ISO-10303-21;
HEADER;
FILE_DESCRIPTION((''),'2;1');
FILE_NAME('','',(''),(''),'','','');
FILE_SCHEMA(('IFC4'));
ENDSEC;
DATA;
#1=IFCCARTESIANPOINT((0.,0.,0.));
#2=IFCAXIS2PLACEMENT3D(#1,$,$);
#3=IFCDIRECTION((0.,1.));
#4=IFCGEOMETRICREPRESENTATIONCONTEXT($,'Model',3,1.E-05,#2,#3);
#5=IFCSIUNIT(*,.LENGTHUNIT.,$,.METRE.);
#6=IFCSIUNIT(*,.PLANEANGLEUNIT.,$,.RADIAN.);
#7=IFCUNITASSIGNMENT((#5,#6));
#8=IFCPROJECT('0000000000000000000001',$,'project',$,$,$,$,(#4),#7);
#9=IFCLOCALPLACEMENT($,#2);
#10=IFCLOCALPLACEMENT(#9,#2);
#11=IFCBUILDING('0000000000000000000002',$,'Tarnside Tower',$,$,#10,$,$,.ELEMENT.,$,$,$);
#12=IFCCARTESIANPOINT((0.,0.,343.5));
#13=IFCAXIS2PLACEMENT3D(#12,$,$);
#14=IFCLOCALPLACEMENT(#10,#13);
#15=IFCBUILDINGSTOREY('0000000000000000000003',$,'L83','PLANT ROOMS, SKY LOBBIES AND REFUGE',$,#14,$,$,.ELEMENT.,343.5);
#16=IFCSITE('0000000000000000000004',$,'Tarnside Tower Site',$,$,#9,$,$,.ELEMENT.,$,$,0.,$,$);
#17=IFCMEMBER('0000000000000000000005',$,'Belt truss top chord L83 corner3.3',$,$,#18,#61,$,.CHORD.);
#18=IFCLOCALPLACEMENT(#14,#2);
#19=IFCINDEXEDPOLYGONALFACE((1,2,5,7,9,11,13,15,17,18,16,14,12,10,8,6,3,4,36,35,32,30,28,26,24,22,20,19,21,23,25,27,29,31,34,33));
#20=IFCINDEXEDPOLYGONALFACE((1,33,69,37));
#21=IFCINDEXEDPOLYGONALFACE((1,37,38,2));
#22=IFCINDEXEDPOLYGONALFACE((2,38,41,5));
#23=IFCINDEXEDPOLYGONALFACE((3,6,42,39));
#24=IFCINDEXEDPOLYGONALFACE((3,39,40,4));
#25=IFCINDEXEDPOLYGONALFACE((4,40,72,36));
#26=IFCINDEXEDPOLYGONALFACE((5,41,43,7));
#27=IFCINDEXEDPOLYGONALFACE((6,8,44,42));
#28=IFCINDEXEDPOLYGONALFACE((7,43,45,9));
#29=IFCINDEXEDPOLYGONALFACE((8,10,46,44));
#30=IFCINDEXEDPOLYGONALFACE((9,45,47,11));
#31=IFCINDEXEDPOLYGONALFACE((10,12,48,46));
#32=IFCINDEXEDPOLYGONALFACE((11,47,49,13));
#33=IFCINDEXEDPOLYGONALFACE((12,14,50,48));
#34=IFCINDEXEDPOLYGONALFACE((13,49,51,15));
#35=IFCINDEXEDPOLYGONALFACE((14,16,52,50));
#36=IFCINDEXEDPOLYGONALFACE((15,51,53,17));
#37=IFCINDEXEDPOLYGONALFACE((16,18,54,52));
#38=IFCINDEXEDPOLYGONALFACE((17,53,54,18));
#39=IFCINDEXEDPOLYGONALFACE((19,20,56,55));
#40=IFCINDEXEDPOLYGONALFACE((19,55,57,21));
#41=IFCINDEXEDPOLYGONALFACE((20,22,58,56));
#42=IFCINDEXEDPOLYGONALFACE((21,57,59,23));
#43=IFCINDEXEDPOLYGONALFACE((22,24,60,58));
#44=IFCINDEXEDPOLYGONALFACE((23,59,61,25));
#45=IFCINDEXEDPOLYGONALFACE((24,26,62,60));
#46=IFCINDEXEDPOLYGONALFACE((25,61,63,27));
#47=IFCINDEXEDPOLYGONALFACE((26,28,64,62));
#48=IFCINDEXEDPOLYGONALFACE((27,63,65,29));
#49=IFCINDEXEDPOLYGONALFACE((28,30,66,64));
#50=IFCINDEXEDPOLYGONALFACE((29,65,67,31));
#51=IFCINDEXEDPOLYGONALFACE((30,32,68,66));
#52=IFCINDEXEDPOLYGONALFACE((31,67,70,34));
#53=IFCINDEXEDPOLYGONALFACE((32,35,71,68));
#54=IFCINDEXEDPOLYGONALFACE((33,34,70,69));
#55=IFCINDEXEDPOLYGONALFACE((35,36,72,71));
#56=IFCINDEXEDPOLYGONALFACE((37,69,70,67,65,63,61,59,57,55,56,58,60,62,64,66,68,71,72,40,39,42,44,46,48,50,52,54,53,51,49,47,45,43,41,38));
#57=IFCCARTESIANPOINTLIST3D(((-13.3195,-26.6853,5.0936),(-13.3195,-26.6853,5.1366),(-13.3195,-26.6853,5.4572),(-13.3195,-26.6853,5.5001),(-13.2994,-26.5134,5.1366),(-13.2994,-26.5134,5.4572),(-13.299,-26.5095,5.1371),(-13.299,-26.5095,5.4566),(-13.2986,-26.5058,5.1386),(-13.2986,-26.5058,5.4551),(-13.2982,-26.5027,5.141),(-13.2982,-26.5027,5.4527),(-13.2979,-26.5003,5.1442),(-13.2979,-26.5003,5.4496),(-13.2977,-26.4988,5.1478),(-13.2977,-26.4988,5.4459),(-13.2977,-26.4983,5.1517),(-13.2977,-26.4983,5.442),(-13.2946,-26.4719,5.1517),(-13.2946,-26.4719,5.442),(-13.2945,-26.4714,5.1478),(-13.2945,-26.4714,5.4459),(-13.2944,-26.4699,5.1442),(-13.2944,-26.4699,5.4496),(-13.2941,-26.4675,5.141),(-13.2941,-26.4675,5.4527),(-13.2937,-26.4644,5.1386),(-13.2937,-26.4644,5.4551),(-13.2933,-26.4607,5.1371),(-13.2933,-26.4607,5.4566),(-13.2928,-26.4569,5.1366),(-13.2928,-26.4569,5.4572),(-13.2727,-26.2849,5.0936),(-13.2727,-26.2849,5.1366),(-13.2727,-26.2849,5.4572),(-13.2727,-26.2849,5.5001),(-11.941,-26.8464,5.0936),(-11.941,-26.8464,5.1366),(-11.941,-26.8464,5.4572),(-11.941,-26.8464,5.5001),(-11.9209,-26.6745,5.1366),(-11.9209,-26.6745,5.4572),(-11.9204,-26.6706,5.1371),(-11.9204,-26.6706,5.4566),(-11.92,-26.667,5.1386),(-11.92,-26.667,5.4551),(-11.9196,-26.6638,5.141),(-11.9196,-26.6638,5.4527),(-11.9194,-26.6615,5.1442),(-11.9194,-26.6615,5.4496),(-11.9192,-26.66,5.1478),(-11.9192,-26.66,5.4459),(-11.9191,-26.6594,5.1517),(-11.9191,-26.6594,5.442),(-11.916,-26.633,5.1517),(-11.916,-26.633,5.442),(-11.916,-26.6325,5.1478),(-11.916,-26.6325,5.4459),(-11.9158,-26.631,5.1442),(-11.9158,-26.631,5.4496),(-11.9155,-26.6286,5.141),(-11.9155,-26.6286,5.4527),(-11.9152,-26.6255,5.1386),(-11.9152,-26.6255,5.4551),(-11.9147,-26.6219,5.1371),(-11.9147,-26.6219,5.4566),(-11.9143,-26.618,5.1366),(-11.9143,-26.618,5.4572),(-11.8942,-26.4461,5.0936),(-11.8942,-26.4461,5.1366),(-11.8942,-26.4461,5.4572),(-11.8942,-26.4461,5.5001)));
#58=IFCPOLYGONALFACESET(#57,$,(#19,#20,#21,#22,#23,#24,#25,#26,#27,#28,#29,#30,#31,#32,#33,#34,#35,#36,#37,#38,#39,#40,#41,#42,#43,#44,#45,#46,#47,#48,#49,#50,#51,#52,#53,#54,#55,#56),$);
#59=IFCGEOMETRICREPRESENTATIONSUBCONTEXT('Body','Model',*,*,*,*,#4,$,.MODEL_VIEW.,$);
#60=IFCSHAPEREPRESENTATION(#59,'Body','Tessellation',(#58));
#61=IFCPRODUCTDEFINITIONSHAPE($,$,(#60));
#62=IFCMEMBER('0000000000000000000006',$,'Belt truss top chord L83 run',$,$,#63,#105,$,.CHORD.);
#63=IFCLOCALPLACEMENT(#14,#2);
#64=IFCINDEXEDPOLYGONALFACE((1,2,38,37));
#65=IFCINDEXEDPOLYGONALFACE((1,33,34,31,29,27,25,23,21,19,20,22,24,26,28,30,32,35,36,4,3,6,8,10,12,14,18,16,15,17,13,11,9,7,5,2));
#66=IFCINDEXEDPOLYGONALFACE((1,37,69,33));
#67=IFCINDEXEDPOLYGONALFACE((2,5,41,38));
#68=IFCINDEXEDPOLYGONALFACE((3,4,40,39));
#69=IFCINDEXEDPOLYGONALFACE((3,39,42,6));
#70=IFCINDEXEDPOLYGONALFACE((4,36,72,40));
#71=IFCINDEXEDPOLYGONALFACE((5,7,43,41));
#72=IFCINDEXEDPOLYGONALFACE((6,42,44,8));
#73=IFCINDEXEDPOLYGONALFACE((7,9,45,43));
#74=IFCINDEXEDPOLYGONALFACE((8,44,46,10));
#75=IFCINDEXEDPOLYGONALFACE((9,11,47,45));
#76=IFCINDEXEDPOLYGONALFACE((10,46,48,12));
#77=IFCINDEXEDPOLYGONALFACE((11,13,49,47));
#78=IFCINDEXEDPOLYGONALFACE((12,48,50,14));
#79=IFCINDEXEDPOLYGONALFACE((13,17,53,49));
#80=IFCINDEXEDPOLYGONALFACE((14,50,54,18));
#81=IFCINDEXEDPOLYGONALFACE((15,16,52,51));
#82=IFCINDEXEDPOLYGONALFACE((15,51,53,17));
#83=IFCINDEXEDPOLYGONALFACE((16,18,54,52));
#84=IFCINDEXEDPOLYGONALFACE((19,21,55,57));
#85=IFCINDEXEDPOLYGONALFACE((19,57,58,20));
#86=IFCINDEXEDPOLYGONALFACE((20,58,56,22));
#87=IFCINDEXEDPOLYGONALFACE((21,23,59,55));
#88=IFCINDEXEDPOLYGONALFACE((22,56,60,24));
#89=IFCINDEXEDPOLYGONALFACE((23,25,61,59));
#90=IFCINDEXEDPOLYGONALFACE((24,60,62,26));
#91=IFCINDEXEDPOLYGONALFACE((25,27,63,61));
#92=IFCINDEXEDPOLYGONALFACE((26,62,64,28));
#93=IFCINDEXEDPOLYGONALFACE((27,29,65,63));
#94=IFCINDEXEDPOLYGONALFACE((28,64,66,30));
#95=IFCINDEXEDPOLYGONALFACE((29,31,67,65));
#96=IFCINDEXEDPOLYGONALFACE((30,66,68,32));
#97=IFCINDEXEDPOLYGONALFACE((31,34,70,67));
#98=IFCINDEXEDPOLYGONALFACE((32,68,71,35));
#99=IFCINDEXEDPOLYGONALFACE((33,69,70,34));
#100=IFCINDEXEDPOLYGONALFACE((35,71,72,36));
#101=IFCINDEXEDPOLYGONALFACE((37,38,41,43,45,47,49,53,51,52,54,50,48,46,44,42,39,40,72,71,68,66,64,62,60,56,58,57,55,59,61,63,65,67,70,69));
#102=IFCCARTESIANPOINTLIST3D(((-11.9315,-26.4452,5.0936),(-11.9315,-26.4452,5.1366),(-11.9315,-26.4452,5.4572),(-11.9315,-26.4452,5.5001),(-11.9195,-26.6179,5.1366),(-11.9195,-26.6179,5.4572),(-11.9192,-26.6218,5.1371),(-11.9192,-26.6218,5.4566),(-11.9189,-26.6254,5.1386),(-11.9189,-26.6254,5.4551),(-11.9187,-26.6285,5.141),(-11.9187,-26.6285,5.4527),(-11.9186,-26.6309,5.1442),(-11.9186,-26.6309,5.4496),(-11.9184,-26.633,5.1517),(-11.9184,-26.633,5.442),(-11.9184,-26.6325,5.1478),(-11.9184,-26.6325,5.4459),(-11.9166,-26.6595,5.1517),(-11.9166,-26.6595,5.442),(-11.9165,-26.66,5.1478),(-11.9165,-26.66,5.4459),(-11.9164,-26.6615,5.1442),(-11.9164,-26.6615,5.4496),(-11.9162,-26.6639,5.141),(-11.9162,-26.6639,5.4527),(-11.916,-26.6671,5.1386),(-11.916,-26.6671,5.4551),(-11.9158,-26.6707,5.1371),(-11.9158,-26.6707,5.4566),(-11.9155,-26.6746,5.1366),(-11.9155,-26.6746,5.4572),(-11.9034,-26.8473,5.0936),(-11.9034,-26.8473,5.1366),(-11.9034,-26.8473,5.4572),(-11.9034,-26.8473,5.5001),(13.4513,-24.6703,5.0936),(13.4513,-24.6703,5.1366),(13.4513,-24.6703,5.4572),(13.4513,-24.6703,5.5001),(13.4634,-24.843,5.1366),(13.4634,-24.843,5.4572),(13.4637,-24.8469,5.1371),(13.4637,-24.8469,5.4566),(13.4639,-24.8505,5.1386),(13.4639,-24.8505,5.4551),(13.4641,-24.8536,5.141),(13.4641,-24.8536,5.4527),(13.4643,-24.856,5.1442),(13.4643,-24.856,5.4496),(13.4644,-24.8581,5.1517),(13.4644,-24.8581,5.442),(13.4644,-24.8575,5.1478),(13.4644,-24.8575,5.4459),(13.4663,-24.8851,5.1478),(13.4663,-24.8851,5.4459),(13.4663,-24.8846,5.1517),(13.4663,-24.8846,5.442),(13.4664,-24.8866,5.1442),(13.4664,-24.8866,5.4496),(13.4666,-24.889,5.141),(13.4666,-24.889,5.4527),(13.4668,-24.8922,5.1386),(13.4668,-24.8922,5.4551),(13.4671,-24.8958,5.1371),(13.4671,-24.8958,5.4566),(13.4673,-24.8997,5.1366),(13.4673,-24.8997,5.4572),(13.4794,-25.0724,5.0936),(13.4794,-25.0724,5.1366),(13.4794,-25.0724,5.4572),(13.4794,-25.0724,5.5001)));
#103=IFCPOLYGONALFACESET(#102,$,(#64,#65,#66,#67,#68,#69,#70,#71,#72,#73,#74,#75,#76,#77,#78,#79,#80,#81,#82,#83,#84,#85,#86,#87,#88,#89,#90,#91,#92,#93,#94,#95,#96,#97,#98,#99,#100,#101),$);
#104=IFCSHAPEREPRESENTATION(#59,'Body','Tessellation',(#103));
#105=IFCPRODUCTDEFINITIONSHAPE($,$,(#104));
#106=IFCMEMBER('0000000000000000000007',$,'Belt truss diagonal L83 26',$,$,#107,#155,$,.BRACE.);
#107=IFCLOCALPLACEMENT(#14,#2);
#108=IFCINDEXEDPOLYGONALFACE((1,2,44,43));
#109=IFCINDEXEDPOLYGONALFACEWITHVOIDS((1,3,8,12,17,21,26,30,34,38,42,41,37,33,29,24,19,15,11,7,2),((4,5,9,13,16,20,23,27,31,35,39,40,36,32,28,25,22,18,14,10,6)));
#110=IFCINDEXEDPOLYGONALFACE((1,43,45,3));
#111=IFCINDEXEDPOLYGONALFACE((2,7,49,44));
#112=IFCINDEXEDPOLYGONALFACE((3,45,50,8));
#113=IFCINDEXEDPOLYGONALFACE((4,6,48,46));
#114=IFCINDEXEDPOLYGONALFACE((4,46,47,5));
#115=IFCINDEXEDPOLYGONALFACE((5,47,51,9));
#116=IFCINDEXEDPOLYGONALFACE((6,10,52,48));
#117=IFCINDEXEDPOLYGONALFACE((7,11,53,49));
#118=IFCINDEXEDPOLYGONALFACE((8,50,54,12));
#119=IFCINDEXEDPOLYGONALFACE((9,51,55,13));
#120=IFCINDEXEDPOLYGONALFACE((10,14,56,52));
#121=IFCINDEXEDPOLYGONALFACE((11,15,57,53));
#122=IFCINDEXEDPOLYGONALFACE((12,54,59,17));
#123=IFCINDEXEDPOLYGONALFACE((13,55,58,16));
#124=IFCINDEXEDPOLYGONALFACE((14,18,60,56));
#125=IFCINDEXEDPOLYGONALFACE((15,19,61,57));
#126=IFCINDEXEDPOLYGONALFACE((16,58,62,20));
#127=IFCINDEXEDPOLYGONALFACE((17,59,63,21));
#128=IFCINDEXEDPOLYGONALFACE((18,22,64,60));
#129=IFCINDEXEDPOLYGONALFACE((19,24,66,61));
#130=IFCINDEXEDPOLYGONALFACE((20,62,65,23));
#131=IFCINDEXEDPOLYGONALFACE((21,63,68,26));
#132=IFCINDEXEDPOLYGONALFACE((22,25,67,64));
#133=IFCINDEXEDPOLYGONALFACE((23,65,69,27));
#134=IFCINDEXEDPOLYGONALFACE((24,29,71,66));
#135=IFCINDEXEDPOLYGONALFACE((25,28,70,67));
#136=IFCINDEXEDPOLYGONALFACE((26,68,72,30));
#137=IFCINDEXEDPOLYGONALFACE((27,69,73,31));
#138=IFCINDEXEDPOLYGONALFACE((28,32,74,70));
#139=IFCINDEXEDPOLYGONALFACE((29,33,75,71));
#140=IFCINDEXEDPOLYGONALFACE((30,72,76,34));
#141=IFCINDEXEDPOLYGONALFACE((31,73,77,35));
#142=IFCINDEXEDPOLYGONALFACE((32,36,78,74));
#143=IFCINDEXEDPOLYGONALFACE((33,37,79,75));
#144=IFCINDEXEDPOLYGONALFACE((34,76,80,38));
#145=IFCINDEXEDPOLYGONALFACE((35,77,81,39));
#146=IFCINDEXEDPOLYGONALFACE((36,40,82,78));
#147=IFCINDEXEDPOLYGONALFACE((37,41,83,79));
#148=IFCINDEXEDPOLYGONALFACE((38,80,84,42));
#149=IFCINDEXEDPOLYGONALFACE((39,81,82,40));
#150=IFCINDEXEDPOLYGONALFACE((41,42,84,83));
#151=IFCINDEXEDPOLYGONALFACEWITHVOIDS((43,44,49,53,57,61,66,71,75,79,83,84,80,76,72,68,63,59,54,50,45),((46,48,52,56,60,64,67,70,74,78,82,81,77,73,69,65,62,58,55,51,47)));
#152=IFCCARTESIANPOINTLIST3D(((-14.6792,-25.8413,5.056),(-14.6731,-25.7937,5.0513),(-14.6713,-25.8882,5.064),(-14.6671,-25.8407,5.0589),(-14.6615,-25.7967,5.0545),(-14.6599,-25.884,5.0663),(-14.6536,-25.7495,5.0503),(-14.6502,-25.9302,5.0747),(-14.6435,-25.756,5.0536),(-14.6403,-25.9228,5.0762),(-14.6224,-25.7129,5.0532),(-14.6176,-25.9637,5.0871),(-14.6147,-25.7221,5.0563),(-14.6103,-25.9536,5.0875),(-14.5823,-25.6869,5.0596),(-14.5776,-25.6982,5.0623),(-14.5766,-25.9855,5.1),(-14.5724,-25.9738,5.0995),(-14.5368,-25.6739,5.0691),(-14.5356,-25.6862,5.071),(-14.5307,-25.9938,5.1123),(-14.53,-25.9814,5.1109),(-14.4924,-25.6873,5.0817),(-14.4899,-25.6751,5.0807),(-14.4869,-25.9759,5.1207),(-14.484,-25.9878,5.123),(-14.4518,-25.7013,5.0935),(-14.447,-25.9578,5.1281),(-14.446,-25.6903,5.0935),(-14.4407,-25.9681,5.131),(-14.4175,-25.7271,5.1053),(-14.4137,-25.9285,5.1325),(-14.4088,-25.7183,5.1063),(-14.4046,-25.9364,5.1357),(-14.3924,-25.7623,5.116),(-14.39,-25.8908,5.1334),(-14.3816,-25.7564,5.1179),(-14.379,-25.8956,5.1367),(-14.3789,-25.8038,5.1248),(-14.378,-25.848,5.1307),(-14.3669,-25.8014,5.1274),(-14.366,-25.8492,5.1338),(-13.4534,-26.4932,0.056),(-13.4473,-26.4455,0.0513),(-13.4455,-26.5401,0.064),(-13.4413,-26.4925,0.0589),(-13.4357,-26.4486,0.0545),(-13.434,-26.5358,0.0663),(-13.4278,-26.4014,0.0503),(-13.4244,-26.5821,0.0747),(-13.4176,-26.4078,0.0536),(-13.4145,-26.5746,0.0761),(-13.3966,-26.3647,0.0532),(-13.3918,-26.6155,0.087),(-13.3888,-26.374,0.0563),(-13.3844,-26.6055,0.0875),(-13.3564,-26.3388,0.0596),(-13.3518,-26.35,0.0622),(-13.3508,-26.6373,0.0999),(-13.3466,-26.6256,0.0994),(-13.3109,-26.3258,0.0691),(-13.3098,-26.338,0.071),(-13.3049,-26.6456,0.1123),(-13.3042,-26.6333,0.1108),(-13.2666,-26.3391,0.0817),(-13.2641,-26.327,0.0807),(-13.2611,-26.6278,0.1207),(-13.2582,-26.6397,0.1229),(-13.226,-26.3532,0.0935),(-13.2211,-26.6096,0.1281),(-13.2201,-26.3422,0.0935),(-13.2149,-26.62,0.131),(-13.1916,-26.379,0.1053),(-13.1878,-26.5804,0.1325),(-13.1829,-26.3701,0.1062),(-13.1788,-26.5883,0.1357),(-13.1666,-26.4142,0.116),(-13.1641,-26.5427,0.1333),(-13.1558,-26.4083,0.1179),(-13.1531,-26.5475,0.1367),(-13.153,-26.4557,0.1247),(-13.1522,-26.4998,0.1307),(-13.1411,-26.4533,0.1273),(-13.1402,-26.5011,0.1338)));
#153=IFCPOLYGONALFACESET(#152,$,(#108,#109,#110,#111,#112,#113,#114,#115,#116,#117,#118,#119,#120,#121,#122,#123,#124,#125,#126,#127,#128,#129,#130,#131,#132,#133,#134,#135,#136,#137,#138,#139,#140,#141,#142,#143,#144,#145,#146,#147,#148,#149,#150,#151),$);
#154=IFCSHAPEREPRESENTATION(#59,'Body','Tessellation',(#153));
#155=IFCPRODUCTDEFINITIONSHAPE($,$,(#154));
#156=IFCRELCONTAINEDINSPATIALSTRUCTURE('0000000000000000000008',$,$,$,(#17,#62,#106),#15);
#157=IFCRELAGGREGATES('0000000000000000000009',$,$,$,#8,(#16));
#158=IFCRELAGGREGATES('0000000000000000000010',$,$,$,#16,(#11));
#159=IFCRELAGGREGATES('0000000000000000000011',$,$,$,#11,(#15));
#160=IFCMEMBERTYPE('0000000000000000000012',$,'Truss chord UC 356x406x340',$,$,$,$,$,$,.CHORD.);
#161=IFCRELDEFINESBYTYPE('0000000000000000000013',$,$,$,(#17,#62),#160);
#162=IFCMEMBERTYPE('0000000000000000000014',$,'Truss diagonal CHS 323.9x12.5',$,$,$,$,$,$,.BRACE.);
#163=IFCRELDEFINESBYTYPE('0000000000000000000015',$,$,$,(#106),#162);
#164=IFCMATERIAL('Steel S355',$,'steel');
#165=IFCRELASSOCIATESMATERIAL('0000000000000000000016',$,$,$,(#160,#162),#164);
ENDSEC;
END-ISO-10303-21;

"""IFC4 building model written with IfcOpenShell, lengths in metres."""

from ifc_helpers import new_model, si_unit, direction, frame, origin, origin_2d, place, context, subcontext, project, spatial, hollow_circle, i_section, extrude, material, material_profile, profile_set, type_object, element, save


model = new_model("IFC4")

# Units and contexts
model_context = context("Model", 3, precision=1e-05, world=origin(), true_north=direction((0.0, 1.0)))
body_context = subcontext(model_context, "Body", "Model", "MODEL_VIEW")
ifc_project = project(units=[si_unit("LENGTHUNIT", "METRE"), si_unit("PLANEANGLEUNIT", "RADIAN")], contexts=[model_context])

# Site, building, storey
site_placement = place(None, origin())
site = spatial("IfcSite", under=ifc_project, at=site_placement, Name="Tarnside Tower Site", CompositionType="ELEMENT", RefElevation=0.0)
building_placement = place(site_placement, origin())
building = spatial("IfcBuilding", under=site, at=building_placement, Name="Tarnside Tower", CompositionType="ELEMENT")
storey_placement = place(building_placement, frame((0.0, 0.0, 343.5)))
storey = spatial("IfcBuildingStorey", under=building, at=storey_placement, Name="L83", Description="PLANT ROOMS, SKY LOBBIES AND REFUGE", CompositionType="ELEMENT", Elevation=343.5)

# Shared definitions
ifc_material_1 = material(Name="Steel S355", Category="steel")

# Members
ifc_material_profile_1 = material_profile(ifc_material_1, i_section(OverallWidth=0.4031, OverallDepth=0.4065, WebThickness=0.0266, FlangeThickness=0.043, FilletRadius=0.0151, at=origin_2d()), Name="UC 356x406x340")
ifc_profile_set_1 = profile_set([ifc_material_profile_1], Name="Steel S355")
member_type_1 = type_object("IfcMemberType", Name="Truss chord UC 356x406x340", PredefinedType="CHORD", material=ifc_profile_set_1)
member_1_placement = place(storey_placement, frame((-13.2961, -26.4851, 5.2969), z_axis=(0.993239, -0.116086, 0.0), x_axis=(0.116086, 0.993239, 0.0)))
element("IfcMember", 1, at=member_1_placement, inside=storey, type_object=member_type_1, Name="Belt truss top chord L83 corner3.3", PredefinedType="CHORD", context=body_context, shape_type="SweptSolid", body=[
    extrude(i_section(OverallWidth=0.4031, OverallDepth=0.4065, WebThickness=0.0266, FlangeThickness=0.043, FilletRadius=0.0151, at=origin_2d()), origin(), (0.0, 0.0, 1.0), 1.3879),
])
member_2_placement = place(storey_placement, frame((-11.9175, -26.6462, 5.2969), z_axis=(0.997564, 0.069755, 0.0), x_axis=(-0.069755, 0.997564, 0.0)))
element("IfcMember", 2, at=member_2_placement, inside=storey, type_object=member_type_1, Name="Belt truss top chord L83 run", PredefinedType="CHORD", context=body_context, shape_type="SweptSolid", body=[
    extrude(i_section(OverallWidth=0.4031, OverallDepth=0.4065, WebThickness=0.0266, FlangeThickness=0.043, FilletRadius=0.0151, at=origin_2d()), origin(), (0.0, 0.0, 1.0), 25.4448),
])
ifc_material_profile_2 = material_profile(ifc_material_1, hollow_circle(Radius=0.1619, WallThickness=0.0125, at=origin_2d()), Name="CHS 323.9x12.5")
ifc_profile_set_2 = profile_set([ifc_material_profile_2], Name="Steel S355")
member_type_2 = type_object("IfcMemberType", Name="Truss diagonal CHS 323.9x12.5", PredefinedType="BRACE", material=ifc_profile_set_2)
for number, where, z_axis, x_axis, name in (
    (3, (-14.522, -25.8333, 5.0935), (0.236228, -0.125618, -0.963544), (0.469511, 0.882927, 0.0), "Belt truss diagonal L83 26"),
):
    element("IfcMember", number, at=place(storey_placement, frame(where, z_axis=z_axis, x_axis=x_axis)), inside=storey, type_object=member_type_2, Name=name, PredefinedType="BRACE", context=body_context, shape_type="SweptSolid", body=[
        extrude(hollow_circle(Radius=0.1619, WallThickness=0.0125, at=origin_2d()), origin(), (0.0, 0.0, 1.0), 5.1892),
    ])

save(model, "model.ifc")
